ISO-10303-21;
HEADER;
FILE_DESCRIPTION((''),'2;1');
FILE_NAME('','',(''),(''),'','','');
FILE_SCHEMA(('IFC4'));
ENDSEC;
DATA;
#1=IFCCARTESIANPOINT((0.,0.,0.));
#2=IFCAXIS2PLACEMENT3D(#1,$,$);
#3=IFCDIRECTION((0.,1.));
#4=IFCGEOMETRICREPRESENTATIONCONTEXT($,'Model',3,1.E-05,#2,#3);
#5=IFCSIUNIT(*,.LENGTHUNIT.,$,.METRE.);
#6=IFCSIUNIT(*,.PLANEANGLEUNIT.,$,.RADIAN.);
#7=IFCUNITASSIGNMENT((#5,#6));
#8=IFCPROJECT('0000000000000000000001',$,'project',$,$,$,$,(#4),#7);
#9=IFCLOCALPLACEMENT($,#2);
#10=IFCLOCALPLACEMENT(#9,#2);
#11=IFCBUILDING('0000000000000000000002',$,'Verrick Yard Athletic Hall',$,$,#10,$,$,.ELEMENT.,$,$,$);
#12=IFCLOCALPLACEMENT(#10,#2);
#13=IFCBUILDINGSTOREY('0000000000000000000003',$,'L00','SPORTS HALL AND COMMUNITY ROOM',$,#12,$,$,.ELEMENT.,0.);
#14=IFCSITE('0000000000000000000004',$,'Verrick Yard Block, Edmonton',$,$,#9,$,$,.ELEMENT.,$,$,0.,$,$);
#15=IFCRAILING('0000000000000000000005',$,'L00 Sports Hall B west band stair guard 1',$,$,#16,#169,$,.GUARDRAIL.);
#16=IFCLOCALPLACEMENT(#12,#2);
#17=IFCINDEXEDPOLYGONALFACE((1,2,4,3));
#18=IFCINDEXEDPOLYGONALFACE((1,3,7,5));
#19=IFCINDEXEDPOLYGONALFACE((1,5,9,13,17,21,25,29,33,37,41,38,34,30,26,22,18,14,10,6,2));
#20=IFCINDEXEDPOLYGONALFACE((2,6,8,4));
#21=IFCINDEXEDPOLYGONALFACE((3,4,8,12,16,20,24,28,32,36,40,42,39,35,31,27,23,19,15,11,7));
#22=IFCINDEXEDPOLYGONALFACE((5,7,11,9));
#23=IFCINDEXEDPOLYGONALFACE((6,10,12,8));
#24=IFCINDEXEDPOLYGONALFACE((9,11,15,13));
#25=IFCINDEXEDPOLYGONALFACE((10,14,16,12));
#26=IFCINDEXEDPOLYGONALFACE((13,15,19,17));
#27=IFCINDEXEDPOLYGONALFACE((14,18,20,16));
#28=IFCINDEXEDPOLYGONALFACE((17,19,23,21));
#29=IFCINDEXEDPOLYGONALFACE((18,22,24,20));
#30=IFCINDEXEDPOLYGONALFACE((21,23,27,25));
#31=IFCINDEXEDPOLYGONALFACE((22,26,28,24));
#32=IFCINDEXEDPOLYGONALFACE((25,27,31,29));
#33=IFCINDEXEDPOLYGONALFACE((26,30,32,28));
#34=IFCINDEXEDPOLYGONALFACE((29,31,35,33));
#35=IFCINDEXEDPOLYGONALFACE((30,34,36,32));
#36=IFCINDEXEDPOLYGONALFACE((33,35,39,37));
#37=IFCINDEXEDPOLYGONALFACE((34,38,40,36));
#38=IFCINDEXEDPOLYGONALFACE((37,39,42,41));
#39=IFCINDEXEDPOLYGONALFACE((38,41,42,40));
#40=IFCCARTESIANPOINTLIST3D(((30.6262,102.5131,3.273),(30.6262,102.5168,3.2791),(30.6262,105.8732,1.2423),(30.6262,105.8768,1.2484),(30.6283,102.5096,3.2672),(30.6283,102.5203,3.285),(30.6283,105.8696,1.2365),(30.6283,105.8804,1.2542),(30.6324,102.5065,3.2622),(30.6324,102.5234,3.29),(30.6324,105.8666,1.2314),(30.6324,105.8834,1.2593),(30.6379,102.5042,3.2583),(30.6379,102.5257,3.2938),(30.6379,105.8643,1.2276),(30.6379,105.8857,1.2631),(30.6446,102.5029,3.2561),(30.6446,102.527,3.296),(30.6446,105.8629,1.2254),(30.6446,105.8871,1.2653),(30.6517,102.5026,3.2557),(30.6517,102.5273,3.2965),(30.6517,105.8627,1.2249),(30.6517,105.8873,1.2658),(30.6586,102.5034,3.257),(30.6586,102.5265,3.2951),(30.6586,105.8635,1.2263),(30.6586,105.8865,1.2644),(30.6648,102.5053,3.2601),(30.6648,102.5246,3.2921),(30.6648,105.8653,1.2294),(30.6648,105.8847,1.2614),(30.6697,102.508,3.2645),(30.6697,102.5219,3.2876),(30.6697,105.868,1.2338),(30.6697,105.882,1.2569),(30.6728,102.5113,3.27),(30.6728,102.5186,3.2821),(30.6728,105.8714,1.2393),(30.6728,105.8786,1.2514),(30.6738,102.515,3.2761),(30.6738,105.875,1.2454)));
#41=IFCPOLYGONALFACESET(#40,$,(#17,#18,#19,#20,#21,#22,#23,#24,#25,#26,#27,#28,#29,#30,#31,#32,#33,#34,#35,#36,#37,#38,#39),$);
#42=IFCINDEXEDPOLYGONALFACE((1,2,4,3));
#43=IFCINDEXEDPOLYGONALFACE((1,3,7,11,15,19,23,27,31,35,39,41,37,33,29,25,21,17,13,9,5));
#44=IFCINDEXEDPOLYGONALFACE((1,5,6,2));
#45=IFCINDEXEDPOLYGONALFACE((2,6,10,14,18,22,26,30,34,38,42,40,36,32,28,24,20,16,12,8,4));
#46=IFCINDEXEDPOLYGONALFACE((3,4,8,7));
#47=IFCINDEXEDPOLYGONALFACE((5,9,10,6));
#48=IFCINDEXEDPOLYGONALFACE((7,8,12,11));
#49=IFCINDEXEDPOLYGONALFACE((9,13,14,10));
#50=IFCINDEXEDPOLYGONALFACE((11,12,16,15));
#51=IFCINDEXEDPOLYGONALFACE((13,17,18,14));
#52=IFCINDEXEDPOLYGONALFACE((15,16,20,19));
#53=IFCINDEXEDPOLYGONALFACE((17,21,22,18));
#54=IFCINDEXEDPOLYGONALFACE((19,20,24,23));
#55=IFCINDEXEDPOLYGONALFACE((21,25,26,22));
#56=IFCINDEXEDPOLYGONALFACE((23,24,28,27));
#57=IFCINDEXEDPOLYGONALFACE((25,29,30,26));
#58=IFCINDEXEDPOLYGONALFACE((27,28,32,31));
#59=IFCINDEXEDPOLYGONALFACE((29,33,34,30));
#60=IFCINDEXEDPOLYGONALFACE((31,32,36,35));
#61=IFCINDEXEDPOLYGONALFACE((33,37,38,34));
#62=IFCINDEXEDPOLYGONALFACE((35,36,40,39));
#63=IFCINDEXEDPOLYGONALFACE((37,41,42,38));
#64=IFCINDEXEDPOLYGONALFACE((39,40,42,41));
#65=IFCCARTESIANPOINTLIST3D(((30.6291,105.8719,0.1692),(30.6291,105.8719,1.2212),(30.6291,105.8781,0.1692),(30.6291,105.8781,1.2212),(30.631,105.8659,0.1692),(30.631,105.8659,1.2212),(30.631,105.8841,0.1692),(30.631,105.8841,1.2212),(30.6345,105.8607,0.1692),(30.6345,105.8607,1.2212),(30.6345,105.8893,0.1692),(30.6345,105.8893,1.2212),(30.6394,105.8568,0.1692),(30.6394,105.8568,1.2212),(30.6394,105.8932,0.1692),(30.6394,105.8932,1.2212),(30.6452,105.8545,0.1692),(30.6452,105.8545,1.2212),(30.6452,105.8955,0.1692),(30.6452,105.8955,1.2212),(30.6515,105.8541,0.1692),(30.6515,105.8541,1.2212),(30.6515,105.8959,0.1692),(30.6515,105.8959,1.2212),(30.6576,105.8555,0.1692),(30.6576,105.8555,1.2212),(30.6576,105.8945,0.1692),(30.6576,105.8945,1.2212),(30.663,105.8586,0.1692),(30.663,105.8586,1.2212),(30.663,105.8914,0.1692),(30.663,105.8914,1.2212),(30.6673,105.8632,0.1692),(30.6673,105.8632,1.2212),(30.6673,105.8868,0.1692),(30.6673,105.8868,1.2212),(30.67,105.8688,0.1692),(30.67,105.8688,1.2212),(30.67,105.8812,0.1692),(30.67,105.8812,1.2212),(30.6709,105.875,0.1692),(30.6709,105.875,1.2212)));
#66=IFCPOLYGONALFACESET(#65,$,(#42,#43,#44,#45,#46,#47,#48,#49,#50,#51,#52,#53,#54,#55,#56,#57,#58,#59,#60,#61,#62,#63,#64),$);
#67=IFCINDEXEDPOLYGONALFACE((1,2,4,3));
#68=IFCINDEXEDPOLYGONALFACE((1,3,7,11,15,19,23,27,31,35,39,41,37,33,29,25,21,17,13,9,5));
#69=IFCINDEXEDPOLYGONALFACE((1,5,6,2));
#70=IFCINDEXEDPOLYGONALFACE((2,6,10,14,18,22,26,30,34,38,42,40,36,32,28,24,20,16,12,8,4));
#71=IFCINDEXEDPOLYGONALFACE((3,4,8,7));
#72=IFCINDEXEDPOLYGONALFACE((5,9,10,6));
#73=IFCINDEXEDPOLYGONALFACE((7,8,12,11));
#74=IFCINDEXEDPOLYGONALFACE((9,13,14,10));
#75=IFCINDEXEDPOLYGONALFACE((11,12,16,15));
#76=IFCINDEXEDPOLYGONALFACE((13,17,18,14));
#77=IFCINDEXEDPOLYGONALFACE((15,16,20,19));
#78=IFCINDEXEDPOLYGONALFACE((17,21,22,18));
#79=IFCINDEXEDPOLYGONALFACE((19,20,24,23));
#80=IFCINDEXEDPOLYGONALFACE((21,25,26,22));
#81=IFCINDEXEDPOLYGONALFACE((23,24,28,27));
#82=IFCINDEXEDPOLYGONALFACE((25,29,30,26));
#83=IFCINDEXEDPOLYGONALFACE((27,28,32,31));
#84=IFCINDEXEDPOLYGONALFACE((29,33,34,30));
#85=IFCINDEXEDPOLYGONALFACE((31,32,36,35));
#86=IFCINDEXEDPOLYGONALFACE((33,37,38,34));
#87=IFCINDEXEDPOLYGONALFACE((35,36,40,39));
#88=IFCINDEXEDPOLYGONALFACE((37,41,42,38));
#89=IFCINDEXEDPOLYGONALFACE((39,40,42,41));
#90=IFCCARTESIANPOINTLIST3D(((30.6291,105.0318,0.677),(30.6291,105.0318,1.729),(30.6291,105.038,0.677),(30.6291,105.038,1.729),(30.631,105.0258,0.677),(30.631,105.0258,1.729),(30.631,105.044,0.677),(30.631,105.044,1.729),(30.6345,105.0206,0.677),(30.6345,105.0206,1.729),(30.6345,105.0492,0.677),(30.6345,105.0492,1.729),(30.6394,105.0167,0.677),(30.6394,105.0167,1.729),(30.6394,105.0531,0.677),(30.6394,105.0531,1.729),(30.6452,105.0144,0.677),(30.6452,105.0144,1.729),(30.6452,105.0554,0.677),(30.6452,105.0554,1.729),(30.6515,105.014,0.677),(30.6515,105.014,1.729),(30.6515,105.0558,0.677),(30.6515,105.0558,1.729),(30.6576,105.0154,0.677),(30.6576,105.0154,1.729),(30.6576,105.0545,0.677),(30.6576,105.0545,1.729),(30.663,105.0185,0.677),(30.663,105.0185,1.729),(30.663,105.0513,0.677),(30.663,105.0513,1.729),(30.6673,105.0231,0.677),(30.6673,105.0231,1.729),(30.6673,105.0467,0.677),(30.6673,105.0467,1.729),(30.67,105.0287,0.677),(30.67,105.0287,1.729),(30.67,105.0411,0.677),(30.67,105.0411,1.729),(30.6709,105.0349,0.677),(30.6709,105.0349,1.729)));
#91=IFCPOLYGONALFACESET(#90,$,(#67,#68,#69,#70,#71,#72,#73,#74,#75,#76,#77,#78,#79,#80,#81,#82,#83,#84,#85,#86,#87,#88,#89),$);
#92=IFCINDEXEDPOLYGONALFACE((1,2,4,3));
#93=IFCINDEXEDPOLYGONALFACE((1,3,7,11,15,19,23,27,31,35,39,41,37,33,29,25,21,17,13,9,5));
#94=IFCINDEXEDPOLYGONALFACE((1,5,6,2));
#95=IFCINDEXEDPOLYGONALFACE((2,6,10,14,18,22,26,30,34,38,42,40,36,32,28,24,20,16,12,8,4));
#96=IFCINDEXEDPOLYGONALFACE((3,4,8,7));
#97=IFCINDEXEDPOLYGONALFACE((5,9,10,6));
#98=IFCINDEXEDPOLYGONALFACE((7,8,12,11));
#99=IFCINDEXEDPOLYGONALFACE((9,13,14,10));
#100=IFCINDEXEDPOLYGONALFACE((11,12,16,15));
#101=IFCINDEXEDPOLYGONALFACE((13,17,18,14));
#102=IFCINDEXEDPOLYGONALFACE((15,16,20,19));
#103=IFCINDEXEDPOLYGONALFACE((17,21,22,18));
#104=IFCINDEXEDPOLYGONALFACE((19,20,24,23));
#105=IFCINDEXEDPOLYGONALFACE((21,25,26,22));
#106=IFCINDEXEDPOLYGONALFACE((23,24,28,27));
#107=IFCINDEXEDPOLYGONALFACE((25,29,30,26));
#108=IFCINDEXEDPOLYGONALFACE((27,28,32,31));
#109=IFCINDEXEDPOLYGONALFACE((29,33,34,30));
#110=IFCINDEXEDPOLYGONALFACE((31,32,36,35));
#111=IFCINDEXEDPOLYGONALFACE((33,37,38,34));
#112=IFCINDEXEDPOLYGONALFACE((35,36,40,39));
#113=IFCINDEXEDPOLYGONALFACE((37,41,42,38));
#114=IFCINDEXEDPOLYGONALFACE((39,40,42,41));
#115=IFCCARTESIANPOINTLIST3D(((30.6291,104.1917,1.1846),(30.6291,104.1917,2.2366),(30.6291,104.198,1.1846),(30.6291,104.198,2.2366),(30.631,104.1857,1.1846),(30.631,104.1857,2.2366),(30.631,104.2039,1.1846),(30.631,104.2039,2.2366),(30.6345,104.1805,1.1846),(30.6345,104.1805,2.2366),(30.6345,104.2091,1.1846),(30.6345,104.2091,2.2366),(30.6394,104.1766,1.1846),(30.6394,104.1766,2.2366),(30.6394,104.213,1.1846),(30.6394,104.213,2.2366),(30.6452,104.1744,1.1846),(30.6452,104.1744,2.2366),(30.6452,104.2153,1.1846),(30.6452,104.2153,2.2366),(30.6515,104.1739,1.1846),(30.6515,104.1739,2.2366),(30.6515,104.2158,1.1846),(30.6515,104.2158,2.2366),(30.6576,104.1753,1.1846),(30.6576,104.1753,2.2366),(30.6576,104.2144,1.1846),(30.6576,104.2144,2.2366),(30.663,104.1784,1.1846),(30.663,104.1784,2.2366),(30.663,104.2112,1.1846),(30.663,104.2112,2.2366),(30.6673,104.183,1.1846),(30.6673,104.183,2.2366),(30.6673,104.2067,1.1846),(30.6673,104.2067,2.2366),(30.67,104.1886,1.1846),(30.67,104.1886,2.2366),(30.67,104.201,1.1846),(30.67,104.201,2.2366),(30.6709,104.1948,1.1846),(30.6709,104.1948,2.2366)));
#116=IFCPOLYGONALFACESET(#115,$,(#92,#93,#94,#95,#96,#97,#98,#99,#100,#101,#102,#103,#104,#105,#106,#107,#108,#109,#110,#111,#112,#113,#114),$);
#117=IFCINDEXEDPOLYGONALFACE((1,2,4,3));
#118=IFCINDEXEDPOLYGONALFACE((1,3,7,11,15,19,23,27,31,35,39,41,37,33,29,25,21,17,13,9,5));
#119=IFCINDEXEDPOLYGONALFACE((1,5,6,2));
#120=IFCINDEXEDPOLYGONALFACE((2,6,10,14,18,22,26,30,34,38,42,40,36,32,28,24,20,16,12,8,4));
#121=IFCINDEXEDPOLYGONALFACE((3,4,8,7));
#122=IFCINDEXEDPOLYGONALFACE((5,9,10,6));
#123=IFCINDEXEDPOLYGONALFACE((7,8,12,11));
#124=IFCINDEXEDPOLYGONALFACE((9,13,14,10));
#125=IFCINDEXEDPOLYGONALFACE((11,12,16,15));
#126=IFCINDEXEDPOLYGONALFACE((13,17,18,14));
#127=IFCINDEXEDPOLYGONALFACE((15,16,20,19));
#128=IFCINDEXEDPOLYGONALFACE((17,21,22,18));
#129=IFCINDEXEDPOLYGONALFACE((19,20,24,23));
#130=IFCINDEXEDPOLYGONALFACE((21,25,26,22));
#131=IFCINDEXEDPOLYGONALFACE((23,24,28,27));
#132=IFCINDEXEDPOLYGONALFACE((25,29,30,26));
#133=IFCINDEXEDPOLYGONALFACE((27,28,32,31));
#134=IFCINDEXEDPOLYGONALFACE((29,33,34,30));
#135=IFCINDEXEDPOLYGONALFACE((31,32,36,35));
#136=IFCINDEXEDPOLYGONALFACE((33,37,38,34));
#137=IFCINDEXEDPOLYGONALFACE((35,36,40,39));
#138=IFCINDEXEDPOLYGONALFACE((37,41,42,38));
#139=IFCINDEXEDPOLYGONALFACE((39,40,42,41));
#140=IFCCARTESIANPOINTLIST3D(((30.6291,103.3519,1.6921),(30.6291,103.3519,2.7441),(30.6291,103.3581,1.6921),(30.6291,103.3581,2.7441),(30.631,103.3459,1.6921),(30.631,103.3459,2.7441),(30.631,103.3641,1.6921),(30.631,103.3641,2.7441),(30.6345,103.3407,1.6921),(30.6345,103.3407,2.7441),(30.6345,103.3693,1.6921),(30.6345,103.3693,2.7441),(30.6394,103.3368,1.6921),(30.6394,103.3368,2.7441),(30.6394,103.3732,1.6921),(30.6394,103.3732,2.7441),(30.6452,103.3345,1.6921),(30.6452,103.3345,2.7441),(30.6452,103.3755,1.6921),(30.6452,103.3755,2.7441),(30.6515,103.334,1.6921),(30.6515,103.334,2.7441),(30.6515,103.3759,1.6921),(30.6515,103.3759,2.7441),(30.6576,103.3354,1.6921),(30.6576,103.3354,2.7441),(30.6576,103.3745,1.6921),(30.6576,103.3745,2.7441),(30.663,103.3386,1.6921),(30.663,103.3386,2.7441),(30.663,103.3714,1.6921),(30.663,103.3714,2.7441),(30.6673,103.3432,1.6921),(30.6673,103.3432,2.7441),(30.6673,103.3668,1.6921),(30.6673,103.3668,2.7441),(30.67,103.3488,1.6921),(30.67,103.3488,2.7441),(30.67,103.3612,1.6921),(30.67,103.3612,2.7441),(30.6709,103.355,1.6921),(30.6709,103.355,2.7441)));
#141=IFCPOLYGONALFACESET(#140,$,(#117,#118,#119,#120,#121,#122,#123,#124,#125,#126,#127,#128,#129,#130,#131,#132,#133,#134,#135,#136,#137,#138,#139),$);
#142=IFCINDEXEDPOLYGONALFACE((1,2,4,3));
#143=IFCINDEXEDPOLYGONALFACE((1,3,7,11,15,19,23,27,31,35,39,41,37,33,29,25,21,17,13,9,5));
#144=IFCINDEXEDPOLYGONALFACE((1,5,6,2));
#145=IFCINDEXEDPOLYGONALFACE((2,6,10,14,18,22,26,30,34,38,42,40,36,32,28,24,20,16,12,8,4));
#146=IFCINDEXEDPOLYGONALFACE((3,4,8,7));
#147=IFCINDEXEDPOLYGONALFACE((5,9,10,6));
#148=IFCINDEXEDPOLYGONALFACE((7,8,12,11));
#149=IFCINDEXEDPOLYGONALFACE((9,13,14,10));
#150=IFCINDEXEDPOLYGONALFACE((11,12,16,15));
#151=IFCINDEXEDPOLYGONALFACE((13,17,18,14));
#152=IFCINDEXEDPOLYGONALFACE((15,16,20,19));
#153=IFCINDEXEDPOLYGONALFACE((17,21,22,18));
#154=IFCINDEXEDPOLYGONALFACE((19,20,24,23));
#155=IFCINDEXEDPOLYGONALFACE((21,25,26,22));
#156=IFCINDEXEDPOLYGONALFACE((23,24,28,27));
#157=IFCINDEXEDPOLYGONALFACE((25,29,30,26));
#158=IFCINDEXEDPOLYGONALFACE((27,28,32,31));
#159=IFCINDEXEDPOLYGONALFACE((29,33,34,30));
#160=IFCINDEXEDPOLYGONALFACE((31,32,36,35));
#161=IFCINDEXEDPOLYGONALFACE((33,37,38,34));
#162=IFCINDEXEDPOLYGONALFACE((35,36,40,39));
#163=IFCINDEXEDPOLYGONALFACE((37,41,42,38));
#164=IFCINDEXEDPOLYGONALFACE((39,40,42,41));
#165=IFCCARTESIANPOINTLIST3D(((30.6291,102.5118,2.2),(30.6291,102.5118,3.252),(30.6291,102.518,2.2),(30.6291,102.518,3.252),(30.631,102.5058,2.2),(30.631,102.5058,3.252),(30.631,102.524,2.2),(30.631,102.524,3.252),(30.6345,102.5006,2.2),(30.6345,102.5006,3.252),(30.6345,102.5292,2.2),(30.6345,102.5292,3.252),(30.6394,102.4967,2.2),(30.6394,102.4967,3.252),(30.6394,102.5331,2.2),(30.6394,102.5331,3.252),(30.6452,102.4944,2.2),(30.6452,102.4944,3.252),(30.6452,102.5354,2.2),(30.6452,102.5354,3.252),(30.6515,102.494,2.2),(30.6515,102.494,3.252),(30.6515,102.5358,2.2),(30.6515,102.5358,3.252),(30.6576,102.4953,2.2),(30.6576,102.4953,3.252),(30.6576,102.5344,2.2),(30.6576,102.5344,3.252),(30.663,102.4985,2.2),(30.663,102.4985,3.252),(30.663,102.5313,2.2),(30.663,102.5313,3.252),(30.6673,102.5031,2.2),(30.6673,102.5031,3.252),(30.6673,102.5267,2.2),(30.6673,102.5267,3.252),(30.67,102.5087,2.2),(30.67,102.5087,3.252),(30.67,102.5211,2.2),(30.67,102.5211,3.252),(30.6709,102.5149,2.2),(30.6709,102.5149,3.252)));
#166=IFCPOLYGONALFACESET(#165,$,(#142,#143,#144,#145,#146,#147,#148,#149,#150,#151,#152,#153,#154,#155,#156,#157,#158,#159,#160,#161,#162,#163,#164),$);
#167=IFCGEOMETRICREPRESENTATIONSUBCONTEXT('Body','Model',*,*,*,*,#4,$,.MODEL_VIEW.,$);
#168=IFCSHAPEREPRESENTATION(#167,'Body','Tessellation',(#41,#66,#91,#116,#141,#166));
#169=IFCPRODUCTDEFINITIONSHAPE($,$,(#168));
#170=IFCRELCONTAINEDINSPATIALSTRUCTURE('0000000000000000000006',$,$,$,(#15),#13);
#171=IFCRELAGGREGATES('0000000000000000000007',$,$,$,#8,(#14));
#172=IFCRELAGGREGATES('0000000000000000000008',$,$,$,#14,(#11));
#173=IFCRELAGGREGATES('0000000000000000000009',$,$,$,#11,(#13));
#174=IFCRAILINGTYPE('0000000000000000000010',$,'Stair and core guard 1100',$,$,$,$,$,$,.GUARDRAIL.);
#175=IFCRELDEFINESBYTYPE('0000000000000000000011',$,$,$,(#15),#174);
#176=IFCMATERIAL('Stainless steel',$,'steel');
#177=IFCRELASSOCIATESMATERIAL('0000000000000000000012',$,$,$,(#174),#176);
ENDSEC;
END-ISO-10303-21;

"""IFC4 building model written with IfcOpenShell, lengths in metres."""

from ifc_helpers import new_model, si_unit, direction, frame, origin, origin_2d, place, context, subcontext, project, spatial, circle, extrude, material, type_object, element, save


model = new_model("IFC4")

# Units and contexts
model_context = context("Model", 3, precision=1e-05, world=origin(), true_north=direction((0.0, 1.0)))
body_context = subcontext(model_context, "Body", "Model", "MODEL_VIEW")
ifc_project = project(units=[si_unit("LENGTHUNIT", "METRE"), si_unit("PLANEANGLEUNIT", "RADIAN")], contexts=[model_context])

# Site, building, storey
site_placement = place(None, origin())
site = spatial("IfcSite", under=ifc_project, at=site_placement, Name="Verrick Yard Block, Edmonton", CompositionType="ELEMENT", RefElevation=0.0)
building_placement = place(site_placement, origin())
building = spatial("IfcBuilding", under=site, at=building_placement, Name="Verrick Yard Athletic Hall", CompositionType="ELEMENT")
storey_placement = place(building_placement, origin())
storey = spatial("IfcBuildingStorey", under=building, at=storey_placement, Name="L00", Description="SPORTS HALL AND COMMUNITY ROOM", CompositionType="ELEMENT", Elevation=0.0)

# Railing
ifc_material_1 = material(Name="Stainless steel", Category="steel")
railing_type_1 = type_object("IfcRailingType", Name="Stair and core guard 1100", PredefinedType="GUARDRAIL", material=ifc_material_1)
railing_1_placement = place(storey_placement, frame((30.6499, 105.875, 0.1692)))
element("IfcRailing", 1, at=railing_1_placement, inside=storey, type_object=railing_type_1, Name="L00 Sports Hall B west band stair guard 1", PredefinedType="GUARDRAIL", context=body_context, shape_type="SweptSolid", body=[
    extrude(circle(Radius=0.0239, at=origin_2d()), frame((0.0, 0.0, 1.0762), z_axis=(0.0, -0.855837, 0.517246), x_axis=(1.0, 0.0, 0.0)), (0.0, 0.0, 1.0), 3.926),
    extrude(circle(Radius=0.021, at=origin_2d()), origin(), (0.0, 0.0, 1.0), 1.052),
    extrude(circle(Radius=0.021, at=origin_2d()), frame((0.0, -0.8401, 0.5078)), (0.0, 0.0, 1.0), 1.052),
    extrude(circle(Radius=0.021, at=origin_2d()), frame((0.0, -1.6802, 1.0154)), (0.0, 0.0, 1.0), 1.052),
    extrude(circle(Radius=0.021, at=origin_2d()), frame((0.0, -2.52, 1.5229)), (0.0, 0.0, 1.0), 1.052),
    extrude(circle(Radius=0.021, at=origin_2d()), frame((0.0, -3.3601, 2.0308)), (0.0, 0.0, 1.0), 1.052),
])

save(model, "model.ifc")
